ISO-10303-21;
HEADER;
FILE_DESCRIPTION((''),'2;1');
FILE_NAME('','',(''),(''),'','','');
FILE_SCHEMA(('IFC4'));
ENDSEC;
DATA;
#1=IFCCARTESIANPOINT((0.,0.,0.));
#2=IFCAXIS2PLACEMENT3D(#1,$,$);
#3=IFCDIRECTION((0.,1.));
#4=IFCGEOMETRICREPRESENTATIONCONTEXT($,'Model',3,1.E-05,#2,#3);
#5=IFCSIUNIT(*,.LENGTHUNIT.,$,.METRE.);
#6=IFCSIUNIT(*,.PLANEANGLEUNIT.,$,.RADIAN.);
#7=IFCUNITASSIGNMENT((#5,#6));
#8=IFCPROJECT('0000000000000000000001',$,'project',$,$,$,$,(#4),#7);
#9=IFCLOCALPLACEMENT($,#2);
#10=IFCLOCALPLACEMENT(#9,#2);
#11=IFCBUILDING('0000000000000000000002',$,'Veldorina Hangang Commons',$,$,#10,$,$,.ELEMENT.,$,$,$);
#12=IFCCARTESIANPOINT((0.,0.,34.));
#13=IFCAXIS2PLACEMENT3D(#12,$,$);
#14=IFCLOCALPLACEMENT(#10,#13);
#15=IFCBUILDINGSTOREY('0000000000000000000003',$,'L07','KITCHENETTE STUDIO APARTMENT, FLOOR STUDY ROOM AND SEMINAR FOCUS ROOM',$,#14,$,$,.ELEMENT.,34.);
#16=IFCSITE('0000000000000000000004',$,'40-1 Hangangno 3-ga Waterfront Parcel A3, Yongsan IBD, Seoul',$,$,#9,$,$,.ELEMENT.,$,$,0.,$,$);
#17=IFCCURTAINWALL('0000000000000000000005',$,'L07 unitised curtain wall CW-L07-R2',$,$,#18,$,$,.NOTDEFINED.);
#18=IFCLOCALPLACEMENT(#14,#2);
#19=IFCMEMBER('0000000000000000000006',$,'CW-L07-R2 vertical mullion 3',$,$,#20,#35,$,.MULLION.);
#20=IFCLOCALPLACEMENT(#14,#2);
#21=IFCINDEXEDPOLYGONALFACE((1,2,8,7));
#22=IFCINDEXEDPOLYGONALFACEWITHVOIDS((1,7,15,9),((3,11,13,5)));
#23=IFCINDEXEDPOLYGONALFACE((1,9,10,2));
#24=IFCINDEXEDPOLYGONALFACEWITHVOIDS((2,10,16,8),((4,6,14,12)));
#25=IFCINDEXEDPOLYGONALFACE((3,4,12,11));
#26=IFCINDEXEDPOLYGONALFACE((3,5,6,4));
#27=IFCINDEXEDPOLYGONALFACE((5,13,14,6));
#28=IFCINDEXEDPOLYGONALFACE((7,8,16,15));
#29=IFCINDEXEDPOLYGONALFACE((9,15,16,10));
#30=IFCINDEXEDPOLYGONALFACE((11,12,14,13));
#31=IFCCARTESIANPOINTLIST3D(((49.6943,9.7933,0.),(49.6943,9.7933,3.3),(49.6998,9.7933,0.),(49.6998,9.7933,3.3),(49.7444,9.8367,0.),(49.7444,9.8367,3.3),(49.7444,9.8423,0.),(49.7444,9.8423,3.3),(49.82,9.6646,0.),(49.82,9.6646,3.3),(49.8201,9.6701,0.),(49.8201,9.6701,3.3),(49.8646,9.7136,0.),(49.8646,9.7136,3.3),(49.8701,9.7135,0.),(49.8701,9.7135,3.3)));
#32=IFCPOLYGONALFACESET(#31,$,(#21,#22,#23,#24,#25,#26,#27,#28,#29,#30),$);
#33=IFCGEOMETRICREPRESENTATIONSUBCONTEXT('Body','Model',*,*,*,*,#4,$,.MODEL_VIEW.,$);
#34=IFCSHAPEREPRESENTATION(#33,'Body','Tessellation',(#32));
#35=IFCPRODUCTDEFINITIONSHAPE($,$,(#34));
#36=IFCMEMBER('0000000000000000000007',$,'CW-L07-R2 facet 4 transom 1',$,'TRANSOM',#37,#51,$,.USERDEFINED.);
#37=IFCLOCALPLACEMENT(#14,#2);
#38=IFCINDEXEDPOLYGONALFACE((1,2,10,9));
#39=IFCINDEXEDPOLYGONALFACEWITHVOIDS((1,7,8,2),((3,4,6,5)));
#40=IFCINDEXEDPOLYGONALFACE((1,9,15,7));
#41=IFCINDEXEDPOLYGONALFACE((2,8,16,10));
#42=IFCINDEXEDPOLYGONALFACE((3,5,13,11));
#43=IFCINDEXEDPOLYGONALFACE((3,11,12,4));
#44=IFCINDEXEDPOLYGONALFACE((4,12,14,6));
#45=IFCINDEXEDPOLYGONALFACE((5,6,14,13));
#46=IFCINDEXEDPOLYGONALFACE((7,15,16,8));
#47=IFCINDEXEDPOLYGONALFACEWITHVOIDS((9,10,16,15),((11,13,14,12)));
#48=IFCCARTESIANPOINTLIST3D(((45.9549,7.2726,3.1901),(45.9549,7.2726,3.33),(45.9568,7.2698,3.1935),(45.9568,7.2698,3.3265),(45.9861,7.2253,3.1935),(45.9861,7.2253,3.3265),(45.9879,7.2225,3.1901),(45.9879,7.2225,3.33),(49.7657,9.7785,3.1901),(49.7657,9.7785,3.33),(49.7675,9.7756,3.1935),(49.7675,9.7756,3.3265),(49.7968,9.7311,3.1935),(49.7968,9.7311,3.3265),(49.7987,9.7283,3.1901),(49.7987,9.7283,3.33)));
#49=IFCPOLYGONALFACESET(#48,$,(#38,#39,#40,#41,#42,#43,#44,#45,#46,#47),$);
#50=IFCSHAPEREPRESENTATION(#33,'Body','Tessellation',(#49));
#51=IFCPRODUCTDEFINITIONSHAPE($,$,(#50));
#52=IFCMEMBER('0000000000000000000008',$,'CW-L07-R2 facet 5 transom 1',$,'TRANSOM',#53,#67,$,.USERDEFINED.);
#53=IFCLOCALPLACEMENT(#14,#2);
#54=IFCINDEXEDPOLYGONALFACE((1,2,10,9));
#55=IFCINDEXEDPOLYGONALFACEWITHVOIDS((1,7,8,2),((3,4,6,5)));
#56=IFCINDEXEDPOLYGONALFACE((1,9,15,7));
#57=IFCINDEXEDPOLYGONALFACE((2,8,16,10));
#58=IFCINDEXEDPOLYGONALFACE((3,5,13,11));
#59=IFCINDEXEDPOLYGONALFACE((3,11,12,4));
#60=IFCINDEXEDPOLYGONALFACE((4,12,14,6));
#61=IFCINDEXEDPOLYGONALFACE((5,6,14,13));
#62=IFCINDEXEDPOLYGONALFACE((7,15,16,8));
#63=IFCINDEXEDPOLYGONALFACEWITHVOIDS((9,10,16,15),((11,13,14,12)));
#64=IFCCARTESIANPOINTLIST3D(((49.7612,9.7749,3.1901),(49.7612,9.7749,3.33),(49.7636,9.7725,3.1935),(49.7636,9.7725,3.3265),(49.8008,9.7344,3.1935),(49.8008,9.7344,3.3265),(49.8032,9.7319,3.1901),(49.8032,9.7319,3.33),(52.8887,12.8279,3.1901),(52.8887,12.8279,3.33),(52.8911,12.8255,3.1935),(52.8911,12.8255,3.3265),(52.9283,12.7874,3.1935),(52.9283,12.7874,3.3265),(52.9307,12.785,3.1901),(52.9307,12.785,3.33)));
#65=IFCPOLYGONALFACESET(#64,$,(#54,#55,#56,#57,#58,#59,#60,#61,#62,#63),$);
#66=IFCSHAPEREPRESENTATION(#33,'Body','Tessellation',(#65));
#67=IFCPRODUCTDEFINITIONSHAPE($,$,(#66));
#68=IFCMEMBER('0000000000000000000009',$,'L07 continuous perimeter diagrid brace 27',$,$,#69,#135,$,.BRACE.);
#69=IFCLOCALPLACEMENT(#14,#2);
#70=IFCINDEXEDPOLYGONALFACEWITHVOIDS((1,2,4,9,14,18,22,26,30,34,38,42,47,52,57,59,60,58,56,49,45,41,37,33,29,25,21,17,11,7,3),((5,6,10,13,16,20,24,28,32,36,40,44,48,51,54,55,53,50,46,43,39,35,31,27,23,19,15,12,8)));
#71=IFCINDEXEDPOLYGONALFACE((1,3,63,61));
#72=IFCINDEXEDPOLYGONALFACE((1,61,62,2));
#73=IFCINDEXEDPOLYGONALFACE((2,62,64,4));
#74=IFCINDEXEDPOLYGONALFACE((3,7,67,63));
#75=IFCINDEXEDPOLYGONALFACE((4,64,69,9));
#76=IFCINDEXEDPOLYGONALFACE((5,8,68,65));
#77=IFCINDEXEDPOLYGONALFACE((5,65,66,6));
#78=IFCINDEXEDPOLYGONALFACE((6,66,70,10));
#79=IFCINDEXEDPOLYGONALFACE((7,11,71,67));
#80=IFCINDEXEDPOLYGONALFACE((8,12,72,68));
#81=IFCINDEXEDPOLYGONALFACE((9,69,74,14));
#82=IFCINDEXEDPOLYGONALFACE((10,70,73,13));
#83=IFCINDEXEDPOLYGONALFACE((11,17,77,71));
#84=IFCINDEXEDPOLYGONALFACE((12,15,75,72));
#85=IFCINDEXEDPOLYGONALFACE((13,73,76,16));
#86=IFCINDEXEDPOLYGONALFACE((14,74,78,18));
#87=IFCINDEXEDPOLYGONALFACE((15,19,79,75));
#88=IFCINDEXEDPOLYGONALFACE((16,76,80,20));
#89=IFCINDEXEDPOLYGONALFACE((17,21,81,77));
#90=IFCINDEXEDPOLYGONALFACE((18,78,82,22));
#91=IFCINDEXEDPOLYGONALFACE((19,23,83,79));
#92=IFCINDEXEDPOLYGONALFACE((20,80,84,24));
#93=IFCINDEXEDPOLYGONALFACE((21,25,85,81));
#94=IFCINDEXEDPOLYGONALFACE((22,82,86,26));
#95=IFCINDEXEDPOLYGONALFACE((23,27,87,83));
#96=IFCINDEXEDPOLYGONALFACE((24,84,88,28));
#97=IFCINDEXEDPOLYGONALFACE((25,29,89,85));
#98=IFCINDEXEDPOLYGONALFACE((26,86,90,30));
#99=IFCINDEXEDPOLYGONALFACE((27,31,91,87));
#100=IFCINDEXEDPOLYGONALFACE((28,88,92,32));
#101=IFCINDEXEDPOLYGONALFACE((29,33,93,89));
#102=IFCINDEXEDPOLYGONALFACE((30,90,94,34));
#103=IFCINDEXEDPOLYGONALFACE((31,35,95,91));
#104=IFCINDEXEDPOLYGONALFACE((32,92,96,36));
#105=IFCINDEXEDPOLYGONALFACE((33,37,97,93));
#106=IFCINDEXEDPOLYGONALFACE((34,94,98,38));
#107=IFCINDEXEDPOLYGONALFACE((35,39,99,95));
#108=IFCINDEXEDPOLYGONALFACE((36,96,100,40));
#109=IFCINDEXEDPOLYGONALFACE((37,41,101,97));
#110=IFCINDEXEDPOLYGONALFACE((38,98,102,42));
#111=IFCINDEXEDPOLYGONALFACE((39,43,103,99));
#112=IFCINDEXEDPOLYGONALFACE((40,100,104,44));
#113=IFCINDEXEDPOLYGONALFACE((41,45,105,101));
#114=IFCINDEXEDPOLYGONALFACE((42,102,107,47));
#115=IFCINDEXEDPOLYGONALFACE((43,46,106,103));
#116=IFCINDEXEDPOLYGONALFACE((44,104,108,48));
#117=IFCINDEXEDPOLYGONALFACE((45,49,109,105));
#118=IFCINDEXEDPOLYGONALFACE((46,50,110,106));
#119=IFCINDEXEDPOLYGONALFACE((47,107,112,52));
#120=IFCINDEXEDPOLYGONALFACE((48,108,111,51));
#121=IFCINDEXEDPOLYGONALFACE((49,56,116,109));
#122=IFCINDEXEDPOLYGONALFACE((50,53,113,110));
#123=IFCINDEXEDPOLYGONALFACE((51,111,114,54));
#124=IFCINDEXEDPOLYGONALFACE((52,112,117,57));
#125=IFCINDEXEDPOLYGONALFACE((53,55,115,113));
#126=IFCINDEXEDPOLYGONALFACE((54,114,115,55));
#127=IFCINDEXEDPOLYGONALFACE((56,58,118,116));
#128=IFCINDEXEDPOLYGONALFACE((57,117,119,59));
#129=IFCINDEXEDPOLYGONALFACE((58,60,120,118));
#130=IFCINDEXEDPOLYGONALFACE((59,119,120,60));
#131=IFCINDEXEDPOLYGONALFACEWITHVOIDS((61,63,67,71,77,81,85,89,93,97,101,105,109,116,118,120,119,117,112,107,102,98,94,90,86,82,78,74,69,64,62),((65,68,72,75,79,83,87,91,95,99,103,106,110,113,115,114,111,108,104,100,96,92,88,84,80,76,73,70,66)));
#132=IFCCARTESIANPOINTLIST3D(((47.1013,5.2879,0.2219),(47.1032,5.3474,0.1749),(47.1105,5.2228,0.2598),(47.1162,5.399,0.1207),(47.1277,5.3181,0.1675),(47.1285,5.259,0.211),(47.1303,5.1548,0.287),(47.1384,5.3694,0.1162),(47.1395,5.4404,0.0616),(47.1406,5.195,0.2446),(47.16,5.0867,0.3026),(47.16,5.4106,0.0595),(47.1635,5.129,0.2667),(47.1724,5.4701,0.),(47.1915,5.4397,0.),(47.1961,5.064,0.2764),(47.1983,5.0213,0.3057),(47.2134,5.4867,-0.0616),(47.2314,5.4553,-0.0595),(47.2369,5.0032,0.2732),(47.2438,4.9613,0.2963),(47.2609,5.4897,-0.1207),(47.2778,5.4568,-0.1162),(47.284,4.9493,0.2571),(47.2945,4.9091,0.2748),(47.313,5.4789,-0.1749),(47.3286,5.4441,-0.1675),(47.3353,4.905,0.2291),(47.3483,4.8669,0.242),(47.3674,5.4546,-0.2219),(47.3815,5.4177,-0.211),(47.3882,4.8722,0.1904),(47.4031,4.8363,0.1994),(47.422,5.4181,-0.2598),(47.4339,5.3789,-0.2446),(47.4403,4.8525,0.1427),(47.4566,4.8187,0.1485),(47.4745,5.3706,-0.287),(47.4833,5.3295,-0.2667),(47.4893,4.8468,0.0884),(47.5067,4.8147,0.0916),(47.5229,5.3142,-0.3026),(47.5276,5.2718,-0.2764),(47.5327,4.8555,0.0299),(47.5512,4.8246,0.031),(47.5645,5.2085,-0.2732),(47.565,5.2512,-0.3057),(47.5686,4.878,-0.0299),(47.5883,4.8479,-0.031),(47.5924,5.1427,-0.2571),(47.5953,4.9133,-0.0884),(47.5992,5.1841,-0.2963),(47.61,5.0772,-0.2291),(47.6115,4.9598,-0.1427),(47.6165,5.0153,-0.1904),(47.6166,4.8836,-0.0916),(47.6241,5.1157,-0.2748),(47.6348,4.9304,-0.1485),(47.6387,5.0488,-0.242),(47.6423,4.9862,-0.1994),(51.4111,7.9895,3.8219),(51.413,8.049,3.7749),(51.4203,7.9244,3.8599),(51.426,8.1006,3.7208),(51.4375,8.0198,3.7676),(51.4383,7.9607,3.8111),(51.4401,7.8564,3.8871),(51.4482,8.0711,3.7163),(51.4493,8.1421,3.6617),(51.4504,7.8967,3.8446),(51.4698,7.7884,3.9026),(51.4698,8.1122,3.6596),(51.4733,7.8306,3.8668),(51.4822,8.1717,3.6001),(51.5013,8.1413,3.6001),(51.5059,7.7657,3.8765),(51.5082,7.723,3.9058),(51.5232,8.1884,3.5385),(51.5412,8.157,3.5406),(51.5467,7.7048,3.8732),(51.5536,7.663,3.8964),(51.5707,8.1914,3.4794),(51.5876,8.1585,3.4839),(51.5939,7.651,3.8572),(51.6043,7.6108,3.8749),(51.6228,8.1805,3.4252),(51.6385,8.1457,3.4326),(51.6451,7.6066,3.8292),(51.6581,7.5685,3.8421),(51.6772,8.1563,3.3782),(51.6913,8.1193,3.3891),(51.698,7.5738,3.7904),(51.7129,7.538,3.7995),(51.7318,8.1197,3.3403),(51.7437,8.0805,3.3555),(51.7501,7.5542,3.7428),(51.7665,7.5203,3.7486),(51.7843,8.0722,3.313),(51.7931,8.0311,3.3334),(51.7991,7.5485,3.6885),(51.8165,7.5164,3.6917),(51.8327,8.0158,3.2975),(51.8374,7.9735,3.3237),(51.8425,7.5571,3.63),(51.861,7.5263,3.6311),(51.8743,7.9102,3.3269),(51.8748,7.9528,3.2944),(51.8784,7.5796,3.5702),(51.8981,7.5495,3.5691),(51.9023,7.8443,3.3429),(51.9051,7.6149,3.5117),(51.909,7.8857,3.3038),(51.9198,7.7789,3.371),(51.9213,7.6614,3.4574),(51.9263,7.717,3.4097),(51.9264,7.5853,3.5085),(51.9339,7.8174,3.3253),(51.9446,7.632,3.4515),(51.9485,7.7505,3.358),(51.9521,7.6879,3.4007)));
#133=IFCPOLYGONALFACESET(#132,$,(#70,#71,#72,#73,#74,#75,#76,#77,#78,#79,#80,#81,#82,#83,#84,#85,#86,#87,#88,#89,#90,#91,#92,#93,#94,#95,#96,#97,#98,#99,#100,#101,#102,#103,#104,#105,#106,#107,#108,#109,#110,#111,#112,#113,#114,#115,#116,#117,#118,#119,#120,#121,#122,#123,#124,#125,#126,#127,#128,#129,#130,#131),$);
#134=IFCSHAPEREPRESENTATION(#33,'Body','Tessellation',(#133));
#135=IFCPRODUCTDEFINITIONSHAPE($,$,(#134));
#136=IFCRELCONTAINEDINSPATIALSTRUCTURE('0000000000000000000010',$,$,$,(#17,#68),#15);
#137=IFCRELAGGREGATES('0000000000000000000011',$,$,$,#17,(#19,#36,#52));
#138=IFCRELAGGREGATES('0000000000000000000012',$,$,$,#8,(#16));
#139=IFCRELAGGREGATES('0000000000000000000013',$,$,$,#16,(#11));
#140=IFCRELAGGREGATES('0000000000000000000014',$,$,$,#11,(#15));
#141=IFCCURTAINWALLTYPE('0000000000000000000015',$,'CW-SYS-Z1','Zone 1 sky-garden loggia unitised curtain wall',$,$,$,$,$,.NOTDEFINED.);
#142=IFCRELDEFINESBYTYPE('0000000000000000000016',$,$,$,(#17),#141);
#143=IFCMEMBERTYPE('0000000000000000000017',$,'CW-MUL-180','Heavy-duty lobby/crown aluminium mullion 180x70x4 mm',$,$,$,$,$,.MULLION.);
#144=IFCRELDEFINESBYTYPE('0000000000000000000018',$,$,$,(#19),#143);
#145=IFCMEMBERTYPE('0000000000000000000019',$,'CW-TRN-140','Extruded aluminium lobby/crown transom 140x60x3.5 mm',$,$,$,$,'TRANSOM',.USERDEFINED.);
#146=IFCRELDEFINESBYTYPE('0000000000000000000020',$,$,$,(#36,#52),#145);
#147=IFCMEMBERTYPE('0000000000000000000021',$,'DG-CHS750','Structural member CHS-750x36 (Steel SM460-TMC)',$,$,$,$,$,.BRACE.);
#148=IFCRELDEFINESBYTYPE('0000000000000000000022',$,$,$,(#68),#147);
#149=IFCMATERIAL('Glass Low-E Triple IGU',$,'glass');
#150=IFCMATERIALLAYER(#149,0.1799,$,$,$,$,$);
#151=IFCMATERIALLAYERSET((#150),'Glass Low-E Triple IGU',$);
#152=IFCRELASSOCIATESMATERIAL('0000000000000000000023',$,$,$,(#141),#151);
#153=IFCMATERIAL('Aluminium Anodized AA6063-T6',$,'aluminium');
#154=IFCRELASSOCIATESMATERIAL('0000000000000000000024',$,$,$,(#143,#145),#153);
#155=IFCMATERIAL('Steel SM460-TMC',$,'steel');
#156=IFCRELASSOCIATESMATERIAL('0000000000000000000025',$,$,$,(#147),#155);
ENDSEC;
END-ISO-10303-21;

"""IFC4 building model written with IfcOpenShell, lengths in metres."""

from ifc_helpers import new_model, si_unit, direction, frame, origin, origin_2d, place, context, subcontext, project, spatial, hollow_rectangle, hollow_circle, extrude, material, layer, layer_set, material_profile, profile_set, type_object, element, aggregate, save


model = new_model("IFC4")

# Units and contexts
model_context = context("Model", 3, precision=1e-05, world=origin(), true_north=direction((0.0, 1.0)))
body_context = subcontext(model_context, "Body", "Model", "MODEL_VIEW")
ifc_project = project(units=[si_unit("LENGTHUNIT", "METRE"), si_unit("PLANEANGLEUNIT", "RADIAN")], contexts=[model_context])

# Site, building, storey
site_placement = place(None, origin())
site = spatial("IfcSite", under=ifc_project, at=site_placement, Name="40-1 Hangangno 3-ga Waterfront Parcel A3, Yongsan IBD, Seoul", CompositionType="ELEMENT", RefElevation=0.0)
building_placement = place(site_placement, origin())
building = spatial("IfcBuilding", under=site, at=building_placement, Name="Veldorina Hangang Commons", CompositionType="ELEMENT")
storey_placement = place(building_placement, frame((0.0, 0.0, 34.0)))
storey = spatial("IfcBuildingStorey", under=building, at=storey_placement, Name="L07", Description="KITCHENETTE STUDIO APARTMENT, FLOOR STUDY ROOM AND SEMINAR FOCUS ROOM", CompositionType="ELEMENT", Elevation=34.0)

# Shared definitions
ifc_material_1 = material(Name="Steel SM460-TMC", Category="steel")

# Curtain wall, members
ifc_material_2 = material(Name="Glass Low-E Triple IGU", Category="glass")
ifc_layer_1 = layer(ifc_material_2, 0.1799)
ifc_layer_set_1 = layer_set([ifc_layer_1], Name="Glass Low-E Triple IGU")
curtain_wall_type = type_object("IfcCurtainWallType", Name="CW-SYS-Z1", Description="Zone 1 sky-garden loggia unitised curtain wall", PredefinedType="NOTDEFINED", material=ifc_layer_set_1)
curtain_wall_placement = place(storey_placement, origin())
curtain_wall = element("IfcCurtainWall", 1, at=curtain_wall_placement, inside=storey, type_object=curtain_wall_type, Name="L07 unitised curtain wall CW-L07-R2", PredefinedType="NOTDEFINED")
ifc_material_3 = material(Name="Aluminium Anodized AA6063-T6", Category="aluminium")
ifc_material_profile_1 = material_profile(ifc_material_3, hollow_rectangle(XDim=0.0701, YDim=0.1799, WallThickness=0.0039, at=origin_2d()), Name="ALU-RHS-180x70x4")
ifc_profile_set_1 = profile_set([ifc_material_profile_1], Name="Aluminium Anodized AA6063-T6")
member_type_1 = type_object("IfcMemberType", Name="CW-MUL-180", Description="Heavy-duty lobby/crown aluminium mullion 180x70x4 mm", PredefinedType="MULLION", material=ifc_profile_set_1)
member_1_placement = place(storey_placement, frame((49.7822, 9.7534, 0.0), z_axis=(0.0, 0.0, 1.0), x_axis=(0.715559, 0.698553, 0.0)))
member_1 = element("IfcMember", 2, at=member_1_placement, type_object=member_type_1, Name="CW-L07-R2 vertical mullion 3", PredefinedType="MULLION", context=body_context, shape_type="SweptSolid", body=[
    extrude(hollow_rectangle(XDim=0.0701, YDim=0.1799, WallThickness=0.0039, at=origin_2d()), origin(), (0.0, 0.0, 1.0), 3.3),
])
ifc_material_profile_2 = material_profile(ifc_material_3, hollow_rectangle(XDim=0.0601, YDim=0.1399, WallThickness=0.0034, at=origin_2d()), Name="ALU-RHS-140x60x3.5")
ifc_profile_set_2 = profile_set([ifc_material_profile_2], Name="Aluminium Anodized AA6063-T6")
member_type_2 = type_object("IfcMemberType", Name="CW-TRN-140", Description="Extruded aluminium lobby/crown transom 140x60x3.5 mm", ElementType="TRANSOM", PredefinedType="USERDEFINED", material=ifc_profile_set_2)
member_2_placement = place(storey_placement, frame((45.9714, 7.2476, 3.26), z_axis=(0.835542, 0.549427, 0.0), x_axis=(-0.549427, 0.835542, 0.0)))
member_2 = element("IfcMember", 3, at=member_2_placement, type_object=member_type_2, Name="CW-L07-R2 facet 4 transom 1", ObjectType="TRANSOM", PredefinedType="USERDEFINED", context=body_context, shape_type="SweptSolid", body=[
    extrude(hollow_rectangle(XDim=0.0601, YDim=0.1399, WallThickness=0.0034, at=origin_2d()), origin(), (0.0, 0.0, 1.0), 4.5608),
])
member_3_placement = place(storey_placement, frame((49.7822, 9.7534, 3.26), z_axis=(0.715574, 0.698537, 0.0), x_axis=(-0.698537, 0.715574, 0.0)))
member_3 = element("IfcMember", 4, at=member_3_placement, type_object=member_type_2, Name="CW-L07-R2 facet 5 transom 1", ObjectType="TRANSOM", PredefinedType="USERDEFINED", context=body_context, shape_type="SweptSolid", body=[
    extrude(hollow_rectangle(XDim=0.0601, YDim=0.1399, WallThickness=0.0034, at=origin_2d()), origin(), (0.0, 0.0, 1.0), 4.3706),
])

# Member
ifc_material_profile_3 = material_profile(ifc_material_1, hollow_circle(Radius=0.375, WallThickness=0.0359, at=origin_2d()), Name="CHS-750x36")
ifc_profile_set_3 = profile_set([ifc_material_profile_3], Name="Steel SM460-TMC")
member_type_3 = type_object("IfcMemberType", Name="DG-CHS750", Description="Structural member CHS-750x36 (Steel SM460-TMC)", PredefinedType="BRACE", material=ifc_profile_set_3)
member_4_placement = place(storey_placement, frame((47.3716, 5.1523, 0.0), z_axis=(0.691595, 0.433535, 0.577707), x_axis=(-0.531133, 0.847288, 0.0)))
element("IfcMember", 5, at=member_4_placement, inside=storey, type_object=member_type_3, Name="L07 continuous perimeter diagrid brace 27", PredefinedType="BRACE", context=body_context, shape_type="SweptSolid", body=[
    extrude(hollow_circle(Radius=0.375, WallThickness=0.0359, at=origin_2d()), origin(), (0.0, 0.0, 1.0), 6.2317),
])

aggregate(curtain_wall, [member_1, member_2, member_3])

save(model, "model.ifc")
